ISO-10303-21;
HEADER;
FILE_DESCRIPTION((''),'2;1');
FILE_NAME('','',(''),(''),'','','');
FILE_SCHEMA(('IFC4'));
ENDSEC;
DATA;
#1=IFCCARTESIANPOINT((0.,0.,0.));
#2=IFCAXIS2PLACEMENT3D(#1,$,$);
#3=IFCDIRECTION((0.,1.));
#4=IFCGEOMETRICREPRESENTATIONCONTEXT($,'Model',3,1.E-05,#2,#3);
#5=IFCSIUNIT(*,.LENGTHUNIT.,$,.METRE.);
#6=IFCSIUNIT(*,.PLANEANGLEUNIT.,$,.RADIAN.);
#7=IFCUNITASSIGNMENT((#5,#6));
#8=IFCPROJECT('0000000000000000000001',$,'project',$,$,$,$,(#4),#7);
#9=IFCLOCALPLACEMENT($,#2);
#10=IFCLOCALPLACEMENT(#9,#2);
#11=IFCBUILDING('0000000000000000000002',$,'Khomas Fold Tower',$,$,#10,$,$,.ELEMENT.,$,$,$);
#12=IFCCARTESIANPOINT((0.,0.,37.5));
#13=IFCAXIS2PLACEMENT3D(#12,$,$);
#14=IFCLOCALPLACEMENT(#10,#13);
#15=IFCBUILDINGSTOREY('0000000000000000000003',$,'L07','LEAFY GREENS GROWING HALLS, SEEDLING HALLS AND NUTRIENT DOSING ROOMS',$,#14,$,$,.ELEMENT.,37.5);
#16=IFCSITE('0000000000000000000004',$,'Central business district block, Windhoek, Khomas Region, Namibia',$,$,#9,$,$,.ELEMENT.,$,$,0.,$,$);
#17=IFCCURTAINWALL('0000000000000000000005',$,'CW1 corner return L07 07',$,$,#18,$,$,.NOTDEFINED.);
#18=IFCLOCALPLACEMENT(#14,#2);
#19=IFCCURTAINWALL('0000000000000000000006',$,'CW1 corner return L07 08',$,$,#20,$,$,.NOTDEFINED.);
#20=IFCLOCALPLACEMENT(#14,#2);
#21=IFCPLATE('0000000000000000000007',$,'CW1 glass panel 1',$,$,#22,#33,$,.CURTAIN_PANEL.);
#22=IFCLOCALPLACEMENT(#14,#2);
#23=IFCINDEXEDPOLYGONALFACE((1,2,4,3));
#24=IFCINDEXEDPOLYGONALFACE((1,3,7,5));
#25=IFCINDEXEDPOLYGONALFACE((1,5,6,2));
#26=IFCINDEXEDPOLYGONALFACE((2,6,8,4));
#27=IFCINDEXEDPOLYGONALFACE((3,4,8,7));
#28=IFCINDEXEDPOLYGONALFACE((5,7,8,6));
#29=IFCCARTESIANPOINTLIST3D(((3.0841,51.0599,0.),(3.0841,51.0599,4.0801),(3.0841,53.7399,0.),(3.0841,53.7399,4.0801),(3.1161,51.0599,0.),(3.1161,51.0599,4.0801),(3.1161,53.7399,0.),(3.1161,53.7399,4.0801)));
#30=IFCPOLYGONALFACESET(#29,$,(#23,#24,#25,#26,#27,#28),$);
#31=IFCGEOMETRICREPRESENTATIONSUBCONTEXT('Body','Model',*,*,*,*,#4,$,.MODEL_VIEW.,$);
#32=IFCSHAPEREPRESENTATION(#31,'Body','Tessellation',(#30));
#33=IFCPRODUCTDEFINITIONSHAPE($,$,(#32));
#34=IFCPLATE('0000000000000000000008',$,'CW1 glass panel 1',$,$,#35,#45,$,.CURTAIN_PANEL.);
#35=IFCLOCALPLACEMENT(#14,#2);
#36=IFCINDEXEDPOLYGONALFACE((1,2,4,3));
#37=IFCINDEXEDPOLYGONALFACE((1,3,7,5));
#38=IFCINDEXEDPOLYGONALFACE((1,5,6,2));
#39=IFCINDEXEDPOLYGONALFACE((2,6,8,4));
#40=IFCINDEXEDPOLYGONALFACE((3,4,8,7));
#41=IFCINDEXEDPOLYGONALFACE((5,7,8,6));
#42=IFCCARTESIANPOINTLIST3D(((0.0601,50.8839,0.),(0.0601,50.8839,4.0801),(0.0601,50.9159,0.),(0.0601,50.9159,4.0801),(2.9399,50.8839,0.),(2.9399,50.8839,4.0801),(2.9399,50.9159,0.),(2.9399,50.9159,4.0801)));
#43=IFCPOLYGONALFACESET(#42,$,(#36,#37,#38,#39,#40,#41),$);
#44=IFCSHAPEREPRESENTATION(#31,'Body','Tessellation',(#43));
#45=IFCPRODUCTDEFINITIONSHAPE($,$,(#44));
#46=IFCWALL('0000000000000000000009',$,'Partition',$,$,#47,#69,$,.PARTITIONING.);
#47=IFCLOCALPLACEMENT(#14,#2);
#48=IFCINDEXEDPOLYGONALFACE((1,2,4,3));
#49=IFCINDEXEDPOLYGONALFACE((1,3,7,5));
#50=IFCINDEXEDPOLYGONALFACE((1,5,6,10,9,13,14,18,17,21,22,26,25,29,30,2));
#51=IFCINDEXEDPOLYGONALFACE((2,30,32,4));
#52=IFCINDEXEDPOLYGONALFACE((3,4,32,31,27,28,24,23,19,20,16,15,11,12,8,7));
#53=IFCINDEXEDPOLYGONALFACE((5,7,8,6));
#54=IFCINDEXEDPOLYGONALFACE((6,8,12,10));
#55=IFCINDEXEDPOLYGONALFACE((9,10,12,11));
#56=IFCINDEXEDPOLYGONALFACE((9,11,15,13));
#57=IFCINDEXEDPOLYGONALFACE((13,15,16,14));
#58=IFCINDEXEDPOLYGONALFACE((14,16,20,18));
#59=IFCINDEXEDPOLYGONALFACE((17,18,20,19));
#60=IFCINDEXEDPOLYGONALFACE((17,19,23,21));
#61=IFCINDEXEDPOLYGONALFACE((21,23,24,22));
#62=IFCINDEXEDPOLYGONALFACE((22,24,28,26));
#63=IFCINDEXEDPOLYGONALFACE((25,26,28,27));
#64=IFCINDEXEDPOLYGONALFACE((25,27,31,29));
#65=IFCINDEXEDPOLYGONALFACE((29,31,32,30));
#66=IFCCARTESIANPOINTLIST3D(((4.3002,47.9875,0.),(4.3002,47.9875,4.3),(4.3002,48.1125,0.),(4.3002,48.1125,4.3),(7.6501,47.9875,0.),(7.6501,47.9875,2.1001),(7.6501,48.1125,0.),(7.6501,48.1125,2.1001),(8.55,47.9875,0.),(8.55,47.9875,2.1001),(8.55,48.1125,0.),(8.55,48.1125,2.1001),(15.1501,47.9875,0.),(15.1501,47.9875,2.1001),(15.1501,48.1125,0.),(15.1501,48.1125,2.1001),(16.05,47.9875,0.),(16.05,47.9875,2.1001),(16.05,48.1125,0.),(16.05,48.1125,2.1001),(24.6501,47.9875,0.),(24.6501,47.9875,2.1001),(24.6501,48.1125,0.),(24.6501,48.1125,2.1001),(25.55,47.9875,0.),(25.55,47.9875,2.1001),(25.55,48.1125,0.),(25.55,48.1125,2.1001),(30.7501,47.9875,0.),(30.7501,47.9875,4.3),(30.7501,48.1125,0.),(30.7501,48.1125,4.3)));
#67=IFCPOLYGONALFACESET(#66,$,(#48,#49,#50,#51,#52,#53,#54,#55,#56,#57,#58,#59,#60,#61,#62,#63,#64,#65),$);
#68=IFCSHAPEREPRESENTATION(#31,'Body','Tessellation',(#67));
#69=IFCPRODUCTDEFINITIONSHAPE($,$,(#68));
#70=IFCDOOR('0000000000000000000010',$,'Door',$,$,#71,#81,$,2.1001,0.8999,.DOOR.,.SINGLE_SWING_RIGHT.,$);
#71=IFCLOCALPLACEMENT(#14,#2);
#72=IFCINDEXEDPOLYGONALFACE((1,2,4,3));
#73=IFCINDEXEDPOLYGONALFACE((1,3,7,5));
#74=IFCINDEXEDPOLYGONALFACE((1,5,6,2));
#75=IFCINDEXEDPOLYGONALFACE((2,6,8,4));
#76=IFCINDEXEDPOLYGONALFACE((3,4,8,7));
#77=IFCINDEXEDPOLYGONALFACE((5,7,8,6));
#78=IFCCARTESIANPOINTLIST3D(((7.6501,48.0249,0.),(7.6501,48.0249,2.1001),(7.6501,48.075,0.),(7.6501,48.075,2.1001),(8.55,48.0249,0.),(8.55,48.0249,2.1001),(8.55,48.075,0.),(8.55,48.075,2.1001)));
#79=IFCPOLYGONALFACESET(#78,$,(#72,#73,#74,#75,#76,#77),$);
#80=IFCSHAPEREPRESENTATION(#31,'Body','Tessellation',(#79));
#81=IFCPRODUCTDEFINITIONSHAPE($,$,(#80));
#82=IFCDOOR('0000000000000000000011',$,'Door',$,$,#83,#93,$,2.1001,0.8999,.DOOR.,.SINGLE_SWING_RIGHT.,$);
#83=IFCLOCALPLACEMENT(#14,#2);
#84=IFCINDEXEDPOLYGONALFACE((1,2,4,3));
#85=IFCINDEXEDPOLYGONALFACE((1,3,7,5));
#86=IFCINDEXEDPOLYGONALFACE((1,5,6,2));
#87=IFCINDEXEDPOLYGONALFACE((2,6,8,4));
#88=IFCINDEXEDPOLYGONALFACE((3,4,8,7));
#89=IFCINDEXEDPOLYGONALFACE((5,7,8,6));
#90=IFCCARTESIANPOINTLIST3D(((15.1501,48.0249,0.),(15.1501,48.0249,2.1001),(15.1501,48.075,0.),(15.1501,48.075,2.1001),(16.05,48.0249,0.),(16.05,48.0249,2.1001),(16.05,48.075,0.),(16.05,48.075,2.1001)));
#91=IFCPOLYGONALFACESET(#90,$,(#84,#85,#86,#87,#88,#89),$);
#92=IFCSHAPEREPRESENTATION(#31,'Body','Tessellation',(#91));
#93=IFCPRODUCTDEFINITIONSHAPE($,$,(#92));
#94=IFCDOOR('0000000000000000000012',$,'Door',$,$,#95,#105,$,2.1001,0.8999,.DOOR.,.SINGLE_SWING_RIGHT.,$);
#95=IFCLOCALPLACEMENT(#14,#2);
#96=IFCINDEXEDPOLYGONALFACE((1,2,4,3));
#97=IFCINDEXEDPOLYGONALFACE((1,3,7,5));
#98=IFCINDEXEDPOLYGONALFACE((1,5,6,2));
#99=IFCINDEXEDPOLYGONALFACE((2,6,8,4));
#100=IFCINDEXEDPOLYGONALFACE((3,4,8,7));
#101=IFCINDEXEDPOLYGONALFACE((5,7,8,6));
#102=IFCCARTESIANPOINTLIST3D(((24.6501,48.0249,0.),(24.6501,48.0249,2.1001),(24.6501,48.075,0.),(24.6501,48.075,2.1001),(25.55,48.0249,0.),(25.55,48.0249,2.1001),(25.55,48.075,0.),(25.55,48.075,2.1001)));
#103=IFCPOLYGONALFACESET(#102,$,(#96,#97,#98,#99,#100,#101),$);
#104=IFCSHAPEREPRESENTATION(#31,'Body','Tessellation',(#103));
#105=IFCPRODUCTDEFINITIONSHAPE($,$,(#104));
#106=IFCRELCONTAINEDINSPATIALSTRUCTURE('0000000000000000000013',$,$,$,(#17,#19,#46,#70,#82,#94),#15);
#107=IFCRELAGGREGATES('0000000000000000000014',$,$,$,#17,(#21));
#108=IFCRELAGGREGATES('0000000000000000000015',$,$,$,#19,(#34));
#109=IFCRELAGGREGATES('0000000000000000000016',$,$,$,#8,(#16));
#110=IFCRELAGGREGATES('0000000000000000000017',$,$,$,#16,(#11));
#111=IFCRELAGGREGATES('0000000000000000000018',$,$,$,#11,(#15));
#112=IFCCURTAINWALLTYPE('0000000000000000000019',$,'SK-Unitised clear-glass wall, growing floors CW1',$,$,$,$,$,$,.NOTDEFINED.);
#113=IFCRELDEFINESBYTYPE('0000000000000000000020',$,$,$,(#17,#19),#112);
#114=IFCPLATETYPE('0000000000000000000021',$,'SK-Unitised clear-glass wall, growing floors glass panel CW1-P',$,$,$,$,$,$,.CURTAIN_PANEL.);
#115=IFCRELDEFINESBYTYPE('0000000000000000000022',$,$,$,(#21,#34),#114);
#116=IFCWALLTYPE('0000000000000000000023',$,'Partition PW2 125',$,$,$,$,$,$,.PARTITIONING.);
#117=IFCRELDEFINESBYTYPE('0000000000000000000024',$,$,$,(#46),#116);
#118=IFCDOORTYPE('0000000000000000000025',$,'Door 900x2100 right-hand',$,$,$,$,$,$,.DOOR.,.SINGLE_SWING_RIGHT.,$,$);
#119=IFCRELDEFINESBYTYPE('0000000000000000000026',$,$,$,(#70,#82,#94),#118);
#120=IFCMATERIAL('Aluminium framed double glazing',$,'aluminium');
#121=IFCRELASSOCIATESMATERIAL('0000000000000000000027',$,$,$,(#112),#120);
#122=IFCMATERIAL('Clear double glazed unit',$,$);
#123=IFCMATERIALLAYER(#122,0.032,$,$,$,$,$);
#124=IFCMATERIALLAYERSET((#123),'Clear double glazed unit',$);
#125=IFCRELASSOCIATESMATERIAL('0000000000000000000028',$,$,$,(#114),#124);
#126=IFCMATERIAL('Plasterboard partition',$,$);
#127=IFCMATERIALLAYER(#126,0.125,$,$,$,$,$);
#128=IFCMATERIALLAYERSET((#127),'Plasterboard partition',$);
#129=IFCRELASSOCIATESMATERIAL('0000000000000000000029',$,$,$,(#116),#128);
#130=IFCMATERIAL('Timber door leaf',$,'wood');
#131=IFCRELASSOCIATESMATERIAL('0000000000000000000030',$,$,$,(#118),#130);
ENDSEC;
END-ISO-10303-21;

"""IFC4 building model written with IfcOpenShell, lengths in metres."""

from ifc_helpers import new_model, si_unit, direction, frame, frame_2d, origin, origin_2d, place, context, subcontext, project, spatial, rectangle, extrude, source, transform, mapped, material, layer, layer_set, type_object, element, fill, aggregate, save


model = new_model("IFC4")

# Units and contexts
model_context = context("Model", 3, precision=1e-05, world=origin(), true_north=direction((0.0, 1.0)))
body_context = subcontext(model_context, "Body", "Model", "MODEL_VIEW")
ifc_project = project(units=[si_unit("LENGTHUNIT", "METRE"), si_unit("PLANEANGLEUNIT", "RADIAN")], contexts=[model_context])

# Site, building, storey
site_placement = place(None, origin())
site = spatial("IfcSite", under=ifc_project, at=site_placement, Name="Central business district block, Windhoek, Khomas Region, Namibia", CompositionType="ELEMENT", RefElevation=0.0)
building_placement = place(site_placement, origin())
building = spatial("IfcBuilding", under=site, at=building_placement, Name="Khomas Fold Tower", CompositionType="ELEMENT")
storey_placement = place(building_placement, frame((0.0, 0.0, 37.5)))
storey = spatial("IfcBuildingStorey", under=building, at=storey_placement, Name="L07", Description="LEAFY GREENS GROWING HALLS, SEEDLING HALLS AND NUTRIENT DOSING ROOMS", CompositionType="ELEMENT", Elevation=37.5)

# Shared definitions
ifc_material_1 = material(Name="Aluminium framed double glazing", Category="aluminium")
curtain_wall_type = type_object("IfcCurtainWallType", Name="SK-Unitised clear-glass wall, growing floors CW1", PredefinedType="NOTDEFINED", material=ifc_material_1)

# Curtain walls
curtain_wall_1_placement = place(storey_placement, origin())
curtain_wall_1 = element("IfcCurtainWall", 1, at=curtain_wall_1_placement, inside=storey, type_object=curtain_wall_type, Name="CW1 corner return L07 07", PredefinedType="NOTDEFINED")
curtain_wall_2_placement = place(storey_placement, origin())
curtain_wall_2 = element("IfcCurtainWall", 2, at=curtain_wall_2_placement, inside=storey, type_object=curtain_wall_type, Name="CW1 corner return L07 08", PredefinedType="NOTDEFINED")

# Plates
ifc_material_2 = material(Name="Clear double glazed unit")
ifc_layer_1 = layer(ifc_material_2, 0.032)
ifc_layer_set_1 = layer_set([ifc_layer_1], Name="Clear double glazed unit")
plate_type = type_object("IfcPlateType", Name="SK-Unitised clear-glass wall, growing floors glass panel CW1-P", PredefinedType="CURTAIN_PANEL", material=ifc_layer_set_1)
shared_shape_1 = source(origin(), body_context, "Body", "SweptSolid", [
    extrude(rectangle(XDim=2.6799, YDim=0.032, at=origin_2d()), origin(), (0.0, 0.0, 1.0), 4.0801),
])
plate_1_placement = place(storey_placement, frame((3.1001, 52.3999, 0.0), z_axis=(0.0, 0.0, 1.0), x_axis=(0.0, -1.0, 0.0)))
plate_1 = element("IfcPlate", 3, at=plate_1_placement, type_object=plate_type, Name="CW1 glass panel 1", PredefinedType="CURTAIN_PANEL", context=body_context, shape_type="MappedRepresentation", body=[
    mapped(shared_shape_1, transform((0.0, 0.0, 0.0))),
])
aggregate(curtain_wall_1, [plate_1])
shared_shape_2 = source(origin(), body_context, "Body", "SweptSolid", [
    extrude(rectangle(XDim=2.8799, YDim=0.032, at=origin_2d()), origin(), (0.0, 0.0, 1.0), 4.0801),
])
plate_2_placement = place(storey_placement, frame((1.5, 50.8999, 0.0), z_axis=(0.0, 0.0, 1.0), x_axis=(-1.0, 0.0, 0.0)))
plate_2 = element("IfcPlate", 4, at=plate_2_placement, type_object=plate_type, Name="CW1 glass panel 1", PredefinedType="CURTAIN_PANEL", context=body_context, shape_type="MappedRepresentation", body=[
    mapped(shared_shape_2, transform((0.0, 0.0, 0.0))),
])
aggregate(curtain_wall_2, [plate_2])

# Wall, openings, doors
ifc_material_3 = material(Name="Plasterboard partition")
ifc_layer_2 = layer(ifc_material_3, 0.125)
ifc_layer_set_2 = layer_set([ifc_layer_2], Name="Plasterboard partition")
wall_type = type_object("IfcWallType", Name="Partition PW2 125", PredefinedType="PARTITIONING", material=ifc_layer_set_2)
shared_shape_3 = source(origin(), body_context, "Body", "SweptSolid", [
    extrude(rectangle(XDim=26.45, YDim=0.125, at=frame_2d((13.2251, 0.0))), origin(), (0.0, 0.0, 1.0), 4.3),
])
wall_placement = place(storey_placement, frame((4.3, 48.05, 0.0), z_axis=(0.0, 0.0, 1.0), x_axis=(1.0, 0.0, 0.0)))
wall = element("IfcWall", 5, at=wall_placement, inside=storey, type_object=wall_type, Name="Partition", PredefinedType="PARTITIONING", context=body_context, shape_type="MappedRepresentation", body=[
    mapped(shared_shape_3, transform((0.0, 0.0, 0.0))),
])
shared_shape_4 = source(origin(), body_context, "Body", "SweptSolid", [
    extrude(rectangle(XDim=0.8999, YDim=2.1001, at=frame_2d((0.45, 1.05))), frame((0.0, 0.0725, 0.0), z_axis=(0.0, -1.0, 0.0), x_axis=(1.0, 0.0, 0.0)), (0.0, 0.0, 1.0), 0.145),
])
opening_1_placement = place(wall_placement, frame((3.3501, 0.0, 0.0)))
opening_1 = element("IfcOpeningElement", 6, at=opening_1_placement, cuts=wall, PredefinedType="OPENING", context=body_context, shape_type="MappedRepresentation", body=[
    mapped(shared_shape_4, transform((0.0, 0.0, 0.0))),
])
opening_2_placement = place(wall_placement, frame((10.8501, 0.0, 0.0)))
opening_2 = element("IfcOpeningElement", 7, at=opening_2_placement, cuts=wall, PredefinedType="OPENING", context=body_context, shape_type="MappedRepresentation", body=[
    mapped(shared_shape_4, transform((0.0, 0.0, 0.0))),
])
opening_3_placement = place(wall_placement, frame((20.3501, 0.0, 0.0)))
opening_3 = element("IfcOpeningElement", 8, at=opening_3_placement, cuts=wall, PredefinedType="OPENING", context=body_context, shape_type="MappedRepresentation", body=[
    mapped(shared_shape_4, transform((0.0, 0.0, 0.0))),
])
ifc_material_4 = material(Name="Timber door leaf", Category="wood")
door_type = type_object("IfcDoorType", Name="Door 900x2100 right-hand", OperationType="SINGLE_SWING_RIGHT", PredefinedType="DOOR", material=ifc_material_4)
shared_shape_5 = source(origin(), body_context, "Body", "SweptSolid", [
    extrude(rectangle(XDim=0.8999, YDim=2.1001, at=frame_2d((0.45, 1.05))), frame((0.0, 0.0249, 0.0), z_axis=(0.0, -1.0, 0.0), x_axis=(1.0, 0.0, 0.0)), (0.0, 0.0, 1.0), 0.05),
])
door_1_placement = place(opening_1_placement, origin())
door_1 = element("IfcDoor", 9, at=door_1_placement, inside=storey, type_object=door_type, Name="Door", OperationType="SINGLE_SWING_RIGHT", OverallHeight=2.1001, OverallWidth=0.8999, PredefinedType="DOOR", context=body_context, shape_type="MappedRepresentation", body=[
    mapped(shared_shape_5, transform((0.0, 0.0, 0.0))),
])
fill(opening_1, door_1)
door_2_placement = place(opening_2_placement, origin())
door_2 = element("IfcDoor", 10, at=door_2_placement, inside=storey, type_object=door_type, Name="Door", OperationType="SINGLE_SWING_RIGHT", OverallHeight=2.1001, OverallWidth=0.8999, PredefinedType="DOOR", context=body_context, shape_type="MappedRepresentation", body=[
    mapped(shared_shape_5, transform((0.0, 0.0, 0.0))),
])
fill(opening_2, door_2)
door_3_placement = place(opening_3_placement, origin())
door_3 = element("IfcDoor", 11, at=door_3_placement, inside=storey, type_object=door_type, Name="Door", OperationType="SINGLE_SWING_RIGHT", OverallHeight=2.1001, OverallWidth=0.8999, PredefinedType="DOOR", context=body_context, shape_type="MappedRepresentation", body=[
    mapped(shared_shape_5, transform((0.0, 0.0, 0.0))),
])
fill(opening_3, door_3)

save(model, "model.ifc")
